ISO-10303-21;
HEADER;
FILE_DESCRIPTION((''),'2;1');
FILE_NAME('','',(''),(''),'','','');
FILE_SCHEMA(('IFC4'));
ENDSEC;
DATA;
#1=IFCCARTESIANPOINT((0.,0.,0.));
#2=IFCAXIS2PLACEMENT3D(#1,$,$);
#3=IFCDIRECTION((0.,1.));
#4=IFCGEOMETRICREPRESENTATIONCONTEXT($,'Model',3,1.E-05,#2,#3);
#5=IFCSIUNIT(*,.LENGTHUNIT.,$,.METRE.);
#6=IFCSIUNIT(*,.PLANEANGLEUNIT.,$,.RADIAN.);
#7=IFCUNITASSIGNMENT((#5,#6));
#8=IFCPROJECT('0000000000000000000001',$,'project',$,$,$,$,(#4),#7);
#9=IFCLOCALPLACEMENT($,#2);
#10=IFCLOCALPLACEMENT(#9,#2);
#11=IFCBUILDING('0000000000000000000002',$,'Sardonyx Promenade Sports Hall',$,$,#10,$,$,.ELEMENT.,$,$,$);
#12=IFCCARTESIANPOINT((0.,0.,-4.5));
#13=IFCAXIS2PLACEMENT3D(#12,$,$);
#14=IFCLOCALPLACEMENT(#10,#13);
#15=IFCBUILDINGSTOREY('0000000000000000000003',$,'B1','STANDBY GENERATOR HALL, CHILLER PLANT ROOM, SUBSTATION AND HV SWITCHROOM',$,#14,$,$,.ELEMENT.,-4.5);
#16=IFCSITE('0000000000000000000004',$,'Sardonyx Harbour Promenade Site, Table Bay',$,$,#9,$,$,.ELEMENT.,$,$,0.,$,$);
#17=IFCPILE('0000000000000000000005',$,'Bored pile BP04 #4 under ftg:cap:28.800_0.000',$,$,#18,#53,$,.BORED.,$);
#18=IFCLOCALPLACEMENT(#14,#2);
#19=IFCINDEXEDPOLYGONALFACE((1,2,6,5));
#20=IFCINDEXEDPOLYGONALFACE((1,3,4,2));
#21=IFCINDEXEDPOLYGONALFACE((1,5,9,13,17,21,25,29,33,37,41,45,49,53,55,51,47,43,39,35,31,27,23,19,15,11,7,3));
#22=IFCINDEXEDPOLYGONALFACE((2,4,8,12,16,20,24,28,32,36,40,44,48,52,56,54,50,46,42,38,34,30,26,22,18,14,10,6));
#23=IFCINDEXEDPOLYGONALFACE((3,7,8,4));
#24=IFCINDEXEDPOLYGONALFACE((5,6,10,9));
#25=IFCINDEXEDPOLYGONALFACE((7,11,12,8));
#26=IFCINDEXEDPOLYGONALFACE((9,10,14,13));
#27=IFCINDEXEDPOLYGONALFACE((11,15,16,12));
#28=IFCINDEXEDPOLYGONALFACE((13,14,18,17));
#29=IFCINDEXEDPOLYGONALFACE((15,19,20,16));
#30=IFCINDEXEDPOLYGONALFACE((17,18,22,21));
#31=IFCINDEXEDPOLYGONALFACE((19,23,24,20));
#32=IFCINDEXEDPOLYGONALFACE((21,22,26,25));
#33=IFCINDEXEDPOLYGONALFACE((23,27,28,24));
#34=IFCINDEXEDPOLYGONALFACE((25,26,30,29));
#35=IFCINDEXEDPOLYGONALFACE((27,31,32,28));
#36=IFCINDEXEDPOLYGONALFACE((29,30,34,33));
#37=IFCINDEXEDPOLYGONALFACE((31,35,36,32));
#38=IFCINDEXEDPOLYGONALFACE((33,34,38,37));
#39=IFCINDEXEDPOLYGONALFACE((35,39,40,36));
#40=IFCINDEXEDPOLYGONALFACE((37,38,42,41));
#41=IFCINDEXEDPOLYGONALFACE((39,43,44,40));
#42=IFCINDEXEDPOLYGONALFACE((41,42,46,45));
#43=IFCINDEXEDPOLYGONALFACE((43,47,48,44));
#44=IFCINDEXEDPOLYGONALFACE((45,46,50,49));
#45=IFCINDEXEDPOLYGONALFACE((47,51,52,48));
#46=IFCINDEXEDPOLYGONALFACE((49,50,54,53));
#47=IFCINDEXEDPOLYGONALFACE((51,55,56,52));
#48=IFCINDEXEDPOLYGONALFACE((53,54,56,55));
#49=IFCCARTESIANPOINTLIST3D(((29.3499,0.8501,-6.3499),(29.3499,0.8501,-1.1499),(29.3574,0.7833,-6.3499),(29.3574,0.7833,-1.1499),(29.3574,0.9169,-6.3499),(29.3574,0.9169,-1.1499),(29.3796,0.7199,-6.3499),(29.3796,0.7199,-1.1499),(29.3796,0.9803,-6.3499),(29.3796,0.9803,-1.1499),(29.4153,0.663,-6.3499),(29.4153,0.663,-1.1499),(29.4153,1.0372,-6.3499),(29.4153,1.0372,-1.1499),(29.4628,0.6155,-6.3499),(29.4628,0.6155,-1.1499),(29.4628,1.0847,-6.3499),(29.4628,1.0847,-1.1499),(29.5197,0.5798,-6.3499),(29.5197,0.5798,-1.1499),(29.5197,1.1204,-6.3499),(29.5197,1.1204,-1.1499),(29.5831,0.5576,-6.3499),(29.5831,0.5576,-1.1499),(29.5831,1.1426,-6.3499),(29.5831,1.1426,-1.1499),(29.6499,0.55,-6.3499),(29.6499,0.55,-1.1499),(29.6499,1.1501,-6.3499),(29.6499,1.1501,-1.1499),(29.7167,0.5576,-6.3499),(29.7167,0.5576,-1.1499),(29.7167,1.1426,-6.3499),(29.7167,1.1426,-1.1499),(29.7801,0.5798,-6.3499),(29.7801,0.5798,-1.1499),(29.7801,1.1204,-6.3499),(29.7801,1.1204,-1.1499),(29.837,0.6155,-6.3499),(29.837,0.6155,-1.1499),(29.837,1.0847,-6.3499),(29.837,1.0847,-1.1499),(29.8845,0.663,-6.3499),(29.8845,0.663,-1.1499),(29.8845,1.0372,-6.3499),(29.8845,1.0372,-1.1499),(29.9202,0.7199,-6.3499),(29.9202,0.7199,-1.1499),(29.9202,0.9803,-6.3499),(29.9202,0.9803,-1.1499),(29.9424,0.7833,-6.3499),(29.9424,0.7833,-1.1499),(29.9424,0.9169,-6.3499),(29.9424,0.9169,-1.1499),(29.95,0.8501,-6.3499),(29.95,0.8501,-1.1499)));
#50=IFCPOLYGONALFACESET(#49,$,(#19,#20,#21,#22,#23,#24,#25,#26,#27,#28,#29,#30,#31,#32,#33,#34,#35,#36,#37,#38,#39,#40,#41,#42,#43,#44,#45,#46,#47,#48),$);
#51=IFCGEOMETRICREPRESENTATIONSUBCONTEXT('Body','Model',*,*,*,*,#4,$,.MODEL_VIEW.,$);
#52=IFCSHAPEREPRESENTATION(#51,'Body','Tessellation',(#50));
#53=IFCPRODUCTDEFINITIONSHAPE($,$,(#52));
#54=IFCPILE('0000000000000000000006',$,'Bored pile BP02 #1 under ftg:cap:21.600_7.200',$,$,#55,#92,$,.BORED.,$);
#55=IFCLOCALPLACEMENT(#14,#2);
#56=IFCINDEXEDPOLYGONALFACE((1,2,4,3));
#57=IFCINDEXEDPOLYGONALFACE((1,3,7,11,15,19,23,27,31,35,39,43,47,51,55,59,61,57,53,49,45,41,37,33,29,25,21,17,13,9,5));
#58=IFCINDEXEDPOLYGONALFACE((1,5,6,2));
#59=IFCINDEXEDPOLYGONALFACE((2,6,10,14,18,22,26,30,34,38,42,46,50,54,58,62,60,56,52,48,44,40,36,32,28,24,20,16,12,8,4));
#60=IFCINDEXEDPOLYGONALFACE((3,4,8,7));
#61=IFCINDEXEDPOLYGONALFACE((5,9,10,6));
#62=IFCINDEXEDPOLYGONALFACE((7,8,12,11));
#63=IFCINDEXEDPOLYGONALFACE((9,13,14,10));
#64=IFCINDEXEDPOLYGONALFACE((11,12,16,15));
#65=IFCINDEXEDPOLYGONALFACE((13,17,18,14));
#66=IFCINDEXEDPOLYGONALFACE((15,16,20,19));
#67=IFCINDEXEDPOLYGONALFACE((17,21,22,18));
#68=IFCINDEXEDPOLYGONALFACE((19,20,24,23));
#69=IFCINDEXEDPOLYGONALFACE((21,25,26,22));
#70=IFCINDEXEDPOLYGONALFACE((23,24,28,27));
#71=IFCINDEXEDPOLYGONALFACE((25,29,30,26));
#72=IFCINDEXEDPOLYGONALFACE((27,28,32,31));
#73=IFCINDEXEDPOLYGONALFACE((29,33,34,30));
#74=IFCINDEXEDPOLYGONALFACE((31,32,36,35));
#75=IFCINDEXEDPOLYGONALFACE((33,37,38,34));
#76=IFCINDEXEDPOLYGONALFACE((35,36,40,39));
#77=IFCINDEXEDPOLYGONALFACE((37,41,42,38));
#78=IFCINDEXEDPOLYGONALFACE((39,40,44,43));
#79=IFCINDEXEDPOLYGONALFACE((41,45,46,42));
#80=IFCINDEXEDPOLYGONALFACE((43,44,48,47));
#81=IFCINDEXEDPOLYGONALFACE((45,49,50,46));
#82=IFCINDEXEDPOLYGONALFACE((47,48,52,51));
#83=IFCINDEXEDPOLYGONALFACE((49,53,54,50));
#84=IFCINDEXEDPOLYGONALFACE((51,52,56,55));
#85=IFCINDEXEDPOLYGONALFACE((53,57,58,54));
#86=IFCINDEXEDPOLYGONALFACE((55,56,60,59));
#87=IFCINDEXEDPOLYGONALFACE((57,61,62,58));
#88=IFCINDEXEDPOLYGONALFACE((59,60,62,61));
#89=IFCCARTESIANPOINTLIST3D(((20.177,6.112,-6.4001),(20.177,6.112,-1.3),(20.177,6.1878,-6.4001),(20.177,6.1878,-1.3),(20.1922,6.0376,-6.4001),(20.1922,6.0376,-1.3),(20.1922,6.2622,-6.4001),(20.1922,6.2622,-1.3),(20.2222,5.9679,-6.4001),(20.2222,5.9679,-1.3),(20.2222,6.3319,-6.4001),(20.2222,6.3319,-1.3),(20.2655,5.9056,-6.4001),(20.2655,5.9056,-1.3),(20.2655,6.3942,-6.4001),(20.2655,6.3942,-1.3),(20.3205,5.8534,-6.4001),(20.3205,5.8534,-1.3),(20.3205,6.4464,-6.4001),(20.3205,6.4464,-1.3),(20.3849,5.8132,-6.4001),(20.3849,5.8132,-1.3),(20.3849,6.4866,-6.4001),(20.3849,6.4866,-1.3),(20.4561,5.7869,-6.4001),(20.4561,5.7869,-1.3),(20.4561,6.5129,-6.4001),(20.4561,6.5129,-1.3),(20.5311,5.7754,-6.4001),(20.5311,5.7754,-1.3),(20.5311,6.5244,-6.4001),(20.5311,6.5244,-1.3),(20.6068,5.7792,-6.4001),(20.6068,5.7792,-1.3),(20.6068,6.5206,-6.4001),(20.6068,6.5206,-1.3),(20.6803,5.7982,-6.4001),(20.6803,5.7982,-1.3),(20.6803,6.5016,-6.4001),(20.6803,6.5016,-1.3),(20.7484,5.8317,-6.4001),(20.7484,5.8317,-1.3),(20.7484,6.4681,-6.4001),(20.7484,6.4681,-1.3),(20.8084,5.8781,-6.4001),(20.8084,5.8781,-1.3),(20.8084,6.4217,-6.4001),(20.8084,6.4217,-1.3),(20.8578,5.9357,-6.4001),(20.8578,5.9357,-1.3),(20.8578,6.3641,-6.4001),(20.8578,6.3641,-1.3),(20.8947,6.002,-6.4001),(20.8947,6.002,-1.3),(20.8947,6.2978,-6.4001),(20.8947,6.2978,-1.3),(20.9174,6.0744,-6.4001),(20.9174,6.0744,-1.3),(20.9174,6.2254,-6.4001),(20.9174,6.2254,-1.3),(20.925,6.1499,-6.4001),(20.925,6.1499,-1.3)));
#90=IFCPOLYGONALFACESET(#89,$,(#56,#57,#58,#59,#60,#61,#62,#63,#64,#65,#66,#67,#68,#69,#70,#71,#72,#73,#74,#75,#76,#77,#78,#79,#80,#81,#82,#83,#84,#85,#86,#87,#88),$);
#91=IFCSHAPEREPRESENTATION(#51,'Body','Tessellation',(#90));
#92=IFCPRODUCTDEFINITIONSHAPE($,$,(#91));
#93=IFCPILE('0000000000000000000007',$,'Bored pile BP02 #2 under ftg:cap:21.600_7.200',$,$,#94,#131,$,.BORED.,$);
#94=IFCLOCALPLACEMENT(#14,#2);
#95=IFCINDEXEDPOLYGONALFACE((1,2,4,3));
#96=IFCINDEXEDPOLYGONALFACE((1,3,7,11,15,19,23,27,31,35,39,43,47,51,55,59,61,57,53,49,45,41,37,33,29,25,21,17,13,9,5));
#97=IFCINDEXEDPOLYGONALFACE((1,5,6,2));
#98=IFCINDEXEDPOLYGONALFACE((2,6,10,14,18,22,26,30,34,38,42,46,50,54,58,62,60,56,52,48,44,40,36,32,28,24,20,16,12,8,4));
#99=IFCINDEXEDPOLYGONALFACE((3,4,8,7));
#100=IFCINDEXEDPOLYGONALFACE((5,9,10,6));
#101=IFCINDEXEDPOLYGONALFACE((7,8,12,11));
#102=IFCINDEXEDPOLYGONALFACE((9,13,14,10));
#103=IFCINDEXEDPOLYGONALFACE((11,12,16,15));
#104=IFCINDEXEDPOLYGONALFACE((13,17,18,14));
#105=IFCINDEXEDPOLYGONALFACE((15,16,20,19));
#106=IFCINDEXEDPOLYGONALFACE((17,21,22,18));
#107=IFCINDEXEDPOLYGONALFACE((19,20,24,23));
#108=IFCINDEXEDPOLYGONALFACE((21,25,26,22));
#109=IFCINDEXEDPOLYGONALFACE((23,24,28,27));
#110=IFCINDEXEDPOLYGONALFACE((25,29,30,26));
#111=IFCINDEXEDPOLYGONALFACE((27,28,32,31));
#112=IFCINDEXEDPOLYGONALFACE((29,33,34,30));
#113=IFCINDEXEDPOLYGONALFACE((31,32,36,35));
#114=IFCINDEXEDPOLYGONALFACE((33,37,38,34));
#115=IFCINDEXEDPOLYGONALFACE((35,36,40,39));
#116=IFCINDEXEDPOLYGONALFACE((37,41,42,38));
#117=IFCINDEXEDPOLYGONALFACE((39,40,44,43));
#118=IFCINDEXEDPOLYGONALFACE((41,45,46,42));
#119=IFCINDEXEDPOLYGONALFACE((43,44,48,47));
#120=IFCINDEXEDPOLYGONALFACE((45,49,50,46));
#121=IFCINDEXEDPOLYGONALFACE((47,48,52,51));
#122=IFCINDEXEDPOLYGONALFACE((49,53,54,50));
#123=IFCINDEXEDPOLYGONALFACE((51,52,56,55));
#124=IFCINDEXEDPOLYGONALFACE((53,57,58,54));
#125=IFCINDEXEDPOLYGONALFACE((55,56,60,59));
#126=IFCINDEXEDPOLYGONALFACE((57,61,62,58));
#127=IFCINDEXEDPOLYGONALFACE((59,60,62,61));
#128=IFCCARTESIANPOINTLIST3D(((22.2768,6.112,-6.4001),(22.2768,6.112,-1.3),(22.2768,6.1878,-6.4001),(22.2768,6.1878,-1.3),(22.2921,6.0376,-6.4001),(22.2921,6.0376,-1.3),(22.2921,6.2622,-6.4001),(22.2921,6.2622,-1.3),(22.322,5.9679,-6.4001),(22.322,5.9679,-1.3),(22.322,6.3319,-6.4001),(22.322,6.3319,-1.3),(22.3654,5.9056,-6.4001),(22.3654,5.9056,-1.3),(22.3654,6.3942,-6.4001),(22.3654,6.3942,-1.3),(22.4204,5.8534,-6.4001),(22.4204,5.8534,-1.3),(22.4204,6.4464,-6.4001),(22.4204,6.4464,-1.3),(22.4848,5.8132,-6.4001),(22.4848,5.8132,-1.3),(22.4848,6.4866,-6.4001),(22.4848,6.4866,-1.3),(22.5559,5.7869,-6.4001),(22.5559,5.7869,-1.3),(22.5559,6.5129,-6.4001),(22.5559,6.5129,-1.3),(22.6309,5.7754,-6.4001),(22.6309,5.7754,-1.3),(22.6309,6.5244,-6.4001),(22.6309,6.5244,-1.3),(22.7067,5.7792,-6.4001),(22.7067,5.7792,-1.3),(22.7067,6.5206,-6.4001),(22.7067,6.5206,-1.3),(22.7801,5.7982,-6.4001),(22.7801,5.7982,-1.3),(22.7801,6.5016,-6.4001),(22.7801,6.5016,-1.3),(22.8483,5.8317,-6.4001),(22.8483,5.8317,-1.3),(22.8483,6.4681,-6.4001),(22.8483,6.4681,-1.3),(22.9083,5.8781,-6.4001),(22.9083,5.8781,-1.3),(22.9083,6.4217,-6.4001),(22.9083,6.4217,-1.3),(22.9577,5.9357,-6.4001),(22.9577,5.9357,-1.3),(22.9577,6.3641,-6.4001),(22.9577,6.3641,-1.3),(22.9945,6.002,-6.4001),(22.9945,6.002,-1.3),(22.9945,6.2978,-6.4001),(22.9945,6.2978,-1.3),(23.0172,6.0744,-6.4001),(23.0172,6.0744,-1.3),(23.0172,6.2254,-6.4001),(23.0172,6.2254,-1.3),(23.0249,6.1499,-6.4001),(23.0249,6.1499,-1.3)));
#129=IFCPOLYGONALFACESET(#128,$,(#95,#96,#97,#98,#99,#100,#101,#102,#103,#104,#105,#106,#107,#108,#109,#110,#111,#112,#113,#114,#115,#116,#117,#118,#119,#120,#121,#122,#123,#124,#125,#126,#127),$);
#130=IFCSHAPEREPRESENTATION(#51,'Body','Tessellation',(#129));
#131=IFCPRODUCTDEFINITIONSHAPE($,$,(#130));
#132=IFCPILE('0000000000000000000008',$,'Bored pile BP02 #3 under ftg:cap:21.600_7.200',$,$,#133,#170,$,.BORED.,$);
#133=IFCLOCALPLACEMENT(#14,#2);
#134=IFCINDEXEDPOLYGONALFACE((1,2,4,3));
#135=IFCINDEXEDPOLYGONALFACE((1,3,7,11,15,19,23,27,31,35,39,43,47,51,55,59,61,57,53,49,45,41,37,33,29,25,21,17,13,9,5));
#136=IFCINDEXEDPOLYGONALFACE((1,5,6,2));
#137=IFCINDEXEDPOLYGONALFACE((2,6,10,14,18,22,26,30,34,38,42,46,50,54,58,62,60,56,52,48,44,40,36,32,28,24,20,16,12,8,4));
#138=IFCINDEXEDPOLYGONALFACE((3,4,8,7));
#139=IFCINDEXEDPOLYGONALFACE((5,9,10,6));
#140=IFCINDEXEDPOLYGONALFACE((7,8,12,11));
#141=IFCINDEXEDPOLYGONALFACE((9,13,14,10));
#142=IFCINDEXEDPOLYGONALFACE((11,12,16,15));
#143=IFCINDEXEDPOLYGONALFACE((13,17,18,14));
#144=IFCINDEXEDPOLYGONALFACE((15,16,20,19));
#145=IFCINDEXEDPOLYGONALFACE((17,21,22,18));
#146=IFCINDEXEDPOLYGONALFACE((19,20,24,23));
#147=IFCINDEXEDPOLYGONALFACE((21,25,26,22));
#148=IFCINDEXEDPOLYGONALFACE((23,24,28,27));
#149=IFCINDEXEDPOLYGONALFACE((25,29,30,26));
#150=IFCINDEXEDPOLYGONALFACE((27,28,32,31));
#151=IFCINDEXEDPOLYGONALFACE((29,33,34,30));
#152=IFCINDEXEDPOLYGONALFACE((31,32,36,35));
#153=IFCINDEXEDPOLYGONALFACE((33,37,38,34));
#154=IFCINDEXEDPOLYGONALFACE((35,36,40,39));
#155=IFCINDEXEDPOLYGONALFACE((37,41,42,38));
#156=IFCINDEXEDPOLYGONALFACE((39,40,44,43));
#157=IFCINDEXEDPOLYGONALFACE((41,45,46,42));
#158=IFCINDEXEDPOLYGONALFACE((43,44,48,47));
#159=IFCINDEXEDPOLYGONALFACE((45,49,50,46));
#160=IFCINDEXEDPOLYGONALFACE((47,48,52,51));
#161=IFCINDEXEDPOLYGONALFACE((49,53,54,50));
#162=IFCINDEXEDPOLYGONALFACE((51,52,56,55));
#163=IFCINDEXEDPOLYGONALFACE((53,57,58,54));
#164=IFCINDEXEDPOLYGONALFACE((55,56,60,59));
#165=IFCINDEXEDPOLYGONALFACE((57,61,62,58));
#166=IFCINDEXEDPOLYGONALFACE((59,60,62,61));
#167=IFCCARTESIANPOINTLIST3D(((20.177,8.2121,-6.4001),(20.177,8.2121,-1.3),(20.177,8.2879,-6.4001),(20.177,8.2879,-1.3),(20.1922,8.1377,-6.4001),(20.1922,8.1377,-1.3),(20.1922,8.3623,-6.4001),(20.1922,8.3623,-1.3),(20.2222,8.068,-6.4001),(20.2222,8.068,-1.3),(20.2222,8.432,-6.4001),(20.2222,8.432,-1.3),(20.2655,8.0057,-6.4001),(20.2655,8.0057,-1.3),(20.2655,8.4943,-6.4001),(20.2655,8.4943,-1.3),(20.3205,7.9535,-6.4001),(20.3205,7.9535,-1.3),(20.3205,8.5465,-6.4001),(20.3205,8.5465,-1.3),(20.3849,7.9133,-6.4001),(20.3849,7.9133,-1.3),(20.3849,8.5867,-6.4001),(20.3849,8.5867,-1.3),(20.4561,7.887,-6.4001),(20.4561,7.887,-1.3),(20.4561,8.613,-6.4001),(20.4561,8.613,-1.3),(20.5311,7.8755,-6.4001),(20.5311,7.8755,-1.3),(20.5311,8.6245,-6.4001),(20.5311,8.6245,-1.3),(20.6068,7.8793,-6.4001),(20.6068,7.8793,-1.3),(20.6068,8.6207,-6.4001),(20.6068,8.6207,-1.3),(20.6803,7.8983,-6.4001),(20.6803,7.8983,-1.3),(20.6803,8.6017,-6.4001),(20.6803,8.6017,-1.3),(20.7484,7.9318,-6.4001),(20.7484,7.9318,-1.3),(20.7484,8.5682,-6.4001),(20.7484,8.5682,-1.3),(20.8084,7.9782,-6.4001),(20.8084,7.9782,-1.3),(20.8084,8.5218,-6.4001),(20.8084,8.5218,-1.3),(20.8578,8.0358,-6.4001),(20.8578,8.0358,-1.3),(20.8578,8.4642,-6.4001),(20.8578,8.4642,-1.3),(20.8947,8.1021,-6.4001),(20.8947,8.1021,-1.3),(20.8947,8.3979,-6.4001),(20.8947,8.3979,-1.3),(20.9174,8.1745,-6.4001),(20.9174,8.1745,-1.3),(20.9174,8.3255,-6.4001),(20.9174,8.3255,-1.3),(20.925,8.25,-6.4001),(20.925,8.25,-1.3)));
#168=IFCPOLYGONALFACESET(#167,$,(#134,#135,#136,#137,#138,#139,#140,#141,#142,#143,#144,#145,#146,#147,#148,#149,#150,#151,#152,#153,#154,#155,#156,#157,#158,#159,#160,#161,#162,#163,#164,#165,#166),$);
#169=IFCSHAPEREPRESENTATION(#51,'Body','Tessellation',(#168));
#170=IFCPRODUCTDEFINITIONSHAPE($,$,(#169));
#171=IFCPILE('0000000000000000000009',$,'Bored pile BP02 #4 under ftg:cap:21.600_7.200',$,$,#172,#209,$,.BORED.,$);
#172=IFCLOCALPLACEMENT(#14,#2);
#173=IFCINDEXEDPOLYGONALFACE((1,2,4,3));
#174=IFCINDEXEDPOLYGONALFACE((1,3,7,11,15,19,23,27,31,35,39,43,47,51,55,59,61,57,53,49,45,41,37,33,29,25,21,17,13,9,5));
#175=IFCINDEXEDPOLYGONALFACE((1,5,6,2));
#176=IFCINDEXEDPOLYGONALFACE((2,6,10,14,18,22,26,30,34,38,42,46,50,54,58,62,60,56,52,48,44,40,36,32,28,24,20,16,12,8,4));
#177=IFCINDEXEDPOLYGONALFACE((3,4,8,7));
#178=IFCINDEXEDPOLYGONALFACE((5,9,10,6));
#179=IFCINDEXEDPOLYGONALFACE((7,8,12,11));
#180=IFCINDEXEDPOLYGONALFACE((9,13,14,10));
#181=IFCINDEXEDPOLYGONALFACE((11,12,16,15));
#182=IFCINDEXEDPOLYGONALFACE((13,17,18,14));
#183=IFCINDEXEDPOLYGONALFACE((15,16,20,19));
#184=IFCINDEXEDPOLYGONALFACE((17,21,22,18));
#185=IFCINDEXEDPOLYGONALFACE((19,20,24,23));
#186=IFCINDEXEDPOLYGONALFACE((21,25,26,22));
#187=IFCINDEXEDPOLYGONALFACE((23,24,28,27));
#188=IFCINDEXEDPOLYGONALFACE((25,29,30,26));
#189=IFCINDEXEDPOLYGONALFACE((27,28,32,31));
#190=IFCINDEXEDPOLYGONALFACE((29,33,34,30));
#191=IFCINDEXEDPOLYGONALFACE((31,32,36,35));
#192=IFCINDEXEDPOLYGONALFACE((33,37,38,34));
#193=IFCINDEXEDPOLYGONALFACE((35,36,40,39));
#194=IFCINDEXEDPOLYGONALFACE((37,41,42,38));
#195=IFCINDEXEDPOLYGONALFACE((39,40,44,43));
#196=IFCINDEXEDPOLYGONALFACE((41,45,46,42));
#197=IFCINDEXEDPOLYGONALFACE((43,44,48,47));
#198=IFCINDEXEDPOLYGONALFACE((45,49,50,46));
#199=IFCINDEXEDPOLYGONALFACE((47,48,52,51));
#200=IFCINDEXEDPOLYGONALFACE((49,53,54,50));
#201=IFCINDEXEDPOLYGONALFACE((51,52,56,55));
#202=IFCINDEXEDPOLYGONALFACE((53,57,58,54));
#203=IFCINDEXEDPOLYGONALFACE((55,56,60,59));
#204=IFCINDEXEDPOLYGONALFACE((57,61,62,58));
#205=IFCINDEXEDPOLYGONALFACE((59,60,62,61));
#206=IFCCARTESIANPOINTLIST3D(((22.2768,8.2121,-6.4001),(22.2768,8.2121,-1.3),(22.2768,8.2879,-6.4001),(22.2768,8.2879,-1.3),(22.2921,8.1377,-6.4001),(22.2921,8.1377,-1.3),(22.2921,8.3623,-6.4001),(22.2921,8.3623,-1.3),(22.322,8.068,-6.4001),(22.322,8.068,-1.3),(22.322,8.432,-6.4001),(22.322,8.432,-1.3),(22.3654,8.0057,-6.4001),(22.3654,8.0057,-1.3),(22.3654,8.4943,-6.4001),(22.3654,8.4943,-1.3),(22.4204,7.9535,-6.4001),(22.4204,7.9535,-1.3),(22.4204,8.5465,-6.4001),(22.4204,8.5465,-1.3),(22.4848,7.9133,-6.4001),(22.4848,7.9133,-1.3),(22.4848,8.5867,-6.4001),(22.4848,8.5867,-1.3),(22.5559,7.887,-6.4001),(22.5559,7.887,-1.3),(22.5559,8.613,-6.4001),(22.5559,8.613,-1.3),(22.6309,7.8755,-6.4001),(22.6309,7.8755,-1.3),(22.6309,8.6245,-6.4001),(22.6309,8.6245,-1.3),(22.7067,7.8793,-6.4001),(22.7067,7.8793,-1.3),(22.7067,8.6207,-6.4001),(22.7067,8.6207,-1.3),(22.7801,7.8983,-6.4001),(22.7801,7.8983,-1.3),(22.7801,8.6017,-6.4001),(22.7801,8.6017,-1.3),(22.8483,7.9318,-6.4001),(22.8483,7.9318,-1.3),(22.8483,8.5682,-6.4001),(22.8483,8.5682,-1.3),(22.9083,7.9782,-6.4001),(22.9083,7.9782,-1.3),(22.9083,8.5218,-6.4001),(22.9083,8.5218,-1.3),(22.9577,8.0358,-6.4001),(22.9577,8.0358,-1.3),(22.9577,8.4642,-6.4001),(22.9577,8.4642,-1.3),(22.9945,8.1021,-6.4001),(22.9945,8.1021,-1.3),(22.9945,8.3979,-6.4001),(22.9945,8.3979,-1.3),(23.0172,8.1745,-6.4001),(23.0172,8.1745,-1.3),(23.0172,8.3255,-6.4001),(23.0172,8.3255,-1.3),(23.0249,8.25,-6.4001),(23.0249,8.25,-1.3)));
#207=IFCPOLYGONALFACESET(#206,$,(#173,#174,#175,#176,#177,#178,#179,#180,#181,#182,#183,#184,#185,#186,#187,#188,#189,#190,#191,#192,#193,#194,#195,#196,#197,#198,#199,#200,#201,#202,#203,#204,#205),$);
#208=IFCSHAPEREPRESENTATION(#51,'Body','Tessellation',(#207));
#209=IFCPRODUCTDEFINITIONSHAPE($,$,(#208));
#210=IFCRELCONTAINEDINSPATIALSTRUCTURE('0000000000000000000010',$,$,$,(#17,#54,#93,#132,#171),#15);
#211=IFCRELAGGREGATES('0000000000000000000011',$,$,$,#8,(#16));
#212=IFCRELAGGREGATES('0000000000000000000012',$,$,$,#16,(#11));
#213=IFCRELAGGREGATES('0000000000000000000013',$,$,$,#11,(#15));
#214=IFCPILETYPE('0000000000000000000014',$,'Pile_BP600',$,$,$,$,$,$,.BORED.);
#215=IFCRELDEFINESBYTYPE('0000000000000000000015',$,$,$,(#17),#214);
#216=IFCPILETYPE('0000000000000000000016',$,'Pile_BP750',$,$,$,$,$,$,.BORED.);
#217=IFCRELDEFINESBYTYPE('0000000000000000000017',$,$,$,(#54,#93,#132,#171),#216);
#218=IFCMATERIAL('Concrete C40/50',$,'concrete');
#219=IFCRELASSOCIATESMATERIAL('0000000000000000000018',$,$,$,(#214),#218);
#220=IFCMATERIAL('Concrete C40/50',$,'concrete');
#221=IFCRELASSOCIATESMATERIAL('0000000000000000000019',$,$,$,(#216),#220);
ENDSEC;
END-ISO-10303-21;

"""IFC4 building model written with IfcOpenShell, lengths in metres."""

from ifc_helpers import new_model, si_unit, direction, frame, origin, origin_2d, place, context, subcontext, project, spatial, circle, extrude, material, material_profile, profile_set, type_object, element, save


model = new_model("IFC4")

# Units and contexts
model_context = context("Model", 3, precision=1e-05, world=origin(), true_north=direction((0.0, 1.0)))
body_context = subcontext(model_context, "Body", "Model", "MODEL_VIEW")
ifc_project = project(units=[si_unit("LENGTHUNIT", "METRE"), si_unit("PLANEANGLEUNIT", "RADIAN")], contexts=[model_context])

# Site, building, storey
site_placement = place(None, origin())
site = spatial("IfcSite", under=ifc_project, at=site_placement, Name="Sardonyx Harbour Promenade Site, Table Bay", CompositionType="ELEMENT", RefElevation=0.0)
building_placement = place(site_placement, origin())
building = spatial("IfcBuilding", under=site, at=building_placement, Name="Sardonyx Promenade Sports Hall", CompositionType="ELEMENT")
storey_placement = place(building_placement, frame((0.0, 0.0, -4.5)))
storey = spatial("IfcBuildingStorey", under=building, at=storey_placement, Name="B1", Description="STANDBY GENERATOR HALL, CHILLER PLANT ROOM, SUBSTATION AND HV SWITCHROOM", CompositionType="ELEMENT", Elevation=-4.5)

# Piles
ifc_material_1 = material(Name="Concrete C40/50", Category="concrete")
ifc_material_profile_1 = material_profile(ifc_material_1, circle(Radius=0.3, at=origin_2d()))
ifc_profile_set_1 = profile_set([ifc_material_profile_1], Name="Concrete C40/50")
pile_type_1 = type_object("IfcPileType", Name="Pile_BP600", PredefinedType="BORED", material=ifc_profile_set_1)
for number, where, z_axis, x_axis, name in (
    (1, (29.6499, 0.8501, -1.1499), (0.0, 0.0, -1.0), (1.0, 0.0, 0.0), "Bored pile BP04 #4 under ftg:cap:28.800_0.000"),
):
    element("IfcPile", number, at=place(storey_placement, frame(where, z_axis=z_axis, x_axis=x_axis)), inside=storey, type_object=pile_type_1, Name=name, PredefinedType="BORED", context=body_context, shape_type="SweptSolid", body=[
        extrude(circle(Radius=0.3, at=origin_2d()), origin(), (0.0, 0.0, 1.0), 5.2),
    ])
ifc_material_2 = material(Name="Concrete C40/50", Category="concrete")
ifc_material_profile_2 = material_profile(ifc_material_2, circle(Radius=0.375, at=origin_2d()))
ifc_profile_set_2 = profile_set([ifc_material_profile_2], Name="Concrete C40/50")
pile_type_2 = type_object("IfcPileType", Name="Pile_BP750", PredefinedType="BORED", material=ifc_profile_set_2)
for number, where, z_axis, x_axis, name in (
    (2, (20.55, 6.1499, -1.3), (0.0, 0.0, -1.0), (1.0, 0.0, 0.0), "Bored pile BP02 #1 under ftg:cap:21.600_7.200"),
    (3, (22.6499, 6.1499, -1.3), (0.0, 0.0, -1.0), (1.0, 0.0, 0.0), "Bored pile BP02 #2 under ftg:cap:21.600_7.200"),
    (4, (20.55, 8.25, -1.3), (0.0, 0.0, -1.0), (1.0, 0.0, 0.0), "Bored pile BP02 #3 under ftg:cap:21.600_7.200"),
    (5, (22.6499, 8.25, -1.3), (0.0, 0.0, -1.0), (1.0, 0.0, 0.0), "Bored pile BP02 #4 under ftg:cap:21.600_7.200"),
):
    element("IfcPile", number, at=place(storey_placement, frame(where, z_axis=z_axis, x_axis=x_axis)), inside=storey, type_object=pile_type_2, Name=name, PredefinedType="BORED", context=body_context, shape_type="SweptSolid", body=[
        extrude(circle(Radius=0.375, at=origin_2d()), origin(), (0.0, 0.0, 1.0), 5.1001),
    ])

save(model, "model.ifc")
